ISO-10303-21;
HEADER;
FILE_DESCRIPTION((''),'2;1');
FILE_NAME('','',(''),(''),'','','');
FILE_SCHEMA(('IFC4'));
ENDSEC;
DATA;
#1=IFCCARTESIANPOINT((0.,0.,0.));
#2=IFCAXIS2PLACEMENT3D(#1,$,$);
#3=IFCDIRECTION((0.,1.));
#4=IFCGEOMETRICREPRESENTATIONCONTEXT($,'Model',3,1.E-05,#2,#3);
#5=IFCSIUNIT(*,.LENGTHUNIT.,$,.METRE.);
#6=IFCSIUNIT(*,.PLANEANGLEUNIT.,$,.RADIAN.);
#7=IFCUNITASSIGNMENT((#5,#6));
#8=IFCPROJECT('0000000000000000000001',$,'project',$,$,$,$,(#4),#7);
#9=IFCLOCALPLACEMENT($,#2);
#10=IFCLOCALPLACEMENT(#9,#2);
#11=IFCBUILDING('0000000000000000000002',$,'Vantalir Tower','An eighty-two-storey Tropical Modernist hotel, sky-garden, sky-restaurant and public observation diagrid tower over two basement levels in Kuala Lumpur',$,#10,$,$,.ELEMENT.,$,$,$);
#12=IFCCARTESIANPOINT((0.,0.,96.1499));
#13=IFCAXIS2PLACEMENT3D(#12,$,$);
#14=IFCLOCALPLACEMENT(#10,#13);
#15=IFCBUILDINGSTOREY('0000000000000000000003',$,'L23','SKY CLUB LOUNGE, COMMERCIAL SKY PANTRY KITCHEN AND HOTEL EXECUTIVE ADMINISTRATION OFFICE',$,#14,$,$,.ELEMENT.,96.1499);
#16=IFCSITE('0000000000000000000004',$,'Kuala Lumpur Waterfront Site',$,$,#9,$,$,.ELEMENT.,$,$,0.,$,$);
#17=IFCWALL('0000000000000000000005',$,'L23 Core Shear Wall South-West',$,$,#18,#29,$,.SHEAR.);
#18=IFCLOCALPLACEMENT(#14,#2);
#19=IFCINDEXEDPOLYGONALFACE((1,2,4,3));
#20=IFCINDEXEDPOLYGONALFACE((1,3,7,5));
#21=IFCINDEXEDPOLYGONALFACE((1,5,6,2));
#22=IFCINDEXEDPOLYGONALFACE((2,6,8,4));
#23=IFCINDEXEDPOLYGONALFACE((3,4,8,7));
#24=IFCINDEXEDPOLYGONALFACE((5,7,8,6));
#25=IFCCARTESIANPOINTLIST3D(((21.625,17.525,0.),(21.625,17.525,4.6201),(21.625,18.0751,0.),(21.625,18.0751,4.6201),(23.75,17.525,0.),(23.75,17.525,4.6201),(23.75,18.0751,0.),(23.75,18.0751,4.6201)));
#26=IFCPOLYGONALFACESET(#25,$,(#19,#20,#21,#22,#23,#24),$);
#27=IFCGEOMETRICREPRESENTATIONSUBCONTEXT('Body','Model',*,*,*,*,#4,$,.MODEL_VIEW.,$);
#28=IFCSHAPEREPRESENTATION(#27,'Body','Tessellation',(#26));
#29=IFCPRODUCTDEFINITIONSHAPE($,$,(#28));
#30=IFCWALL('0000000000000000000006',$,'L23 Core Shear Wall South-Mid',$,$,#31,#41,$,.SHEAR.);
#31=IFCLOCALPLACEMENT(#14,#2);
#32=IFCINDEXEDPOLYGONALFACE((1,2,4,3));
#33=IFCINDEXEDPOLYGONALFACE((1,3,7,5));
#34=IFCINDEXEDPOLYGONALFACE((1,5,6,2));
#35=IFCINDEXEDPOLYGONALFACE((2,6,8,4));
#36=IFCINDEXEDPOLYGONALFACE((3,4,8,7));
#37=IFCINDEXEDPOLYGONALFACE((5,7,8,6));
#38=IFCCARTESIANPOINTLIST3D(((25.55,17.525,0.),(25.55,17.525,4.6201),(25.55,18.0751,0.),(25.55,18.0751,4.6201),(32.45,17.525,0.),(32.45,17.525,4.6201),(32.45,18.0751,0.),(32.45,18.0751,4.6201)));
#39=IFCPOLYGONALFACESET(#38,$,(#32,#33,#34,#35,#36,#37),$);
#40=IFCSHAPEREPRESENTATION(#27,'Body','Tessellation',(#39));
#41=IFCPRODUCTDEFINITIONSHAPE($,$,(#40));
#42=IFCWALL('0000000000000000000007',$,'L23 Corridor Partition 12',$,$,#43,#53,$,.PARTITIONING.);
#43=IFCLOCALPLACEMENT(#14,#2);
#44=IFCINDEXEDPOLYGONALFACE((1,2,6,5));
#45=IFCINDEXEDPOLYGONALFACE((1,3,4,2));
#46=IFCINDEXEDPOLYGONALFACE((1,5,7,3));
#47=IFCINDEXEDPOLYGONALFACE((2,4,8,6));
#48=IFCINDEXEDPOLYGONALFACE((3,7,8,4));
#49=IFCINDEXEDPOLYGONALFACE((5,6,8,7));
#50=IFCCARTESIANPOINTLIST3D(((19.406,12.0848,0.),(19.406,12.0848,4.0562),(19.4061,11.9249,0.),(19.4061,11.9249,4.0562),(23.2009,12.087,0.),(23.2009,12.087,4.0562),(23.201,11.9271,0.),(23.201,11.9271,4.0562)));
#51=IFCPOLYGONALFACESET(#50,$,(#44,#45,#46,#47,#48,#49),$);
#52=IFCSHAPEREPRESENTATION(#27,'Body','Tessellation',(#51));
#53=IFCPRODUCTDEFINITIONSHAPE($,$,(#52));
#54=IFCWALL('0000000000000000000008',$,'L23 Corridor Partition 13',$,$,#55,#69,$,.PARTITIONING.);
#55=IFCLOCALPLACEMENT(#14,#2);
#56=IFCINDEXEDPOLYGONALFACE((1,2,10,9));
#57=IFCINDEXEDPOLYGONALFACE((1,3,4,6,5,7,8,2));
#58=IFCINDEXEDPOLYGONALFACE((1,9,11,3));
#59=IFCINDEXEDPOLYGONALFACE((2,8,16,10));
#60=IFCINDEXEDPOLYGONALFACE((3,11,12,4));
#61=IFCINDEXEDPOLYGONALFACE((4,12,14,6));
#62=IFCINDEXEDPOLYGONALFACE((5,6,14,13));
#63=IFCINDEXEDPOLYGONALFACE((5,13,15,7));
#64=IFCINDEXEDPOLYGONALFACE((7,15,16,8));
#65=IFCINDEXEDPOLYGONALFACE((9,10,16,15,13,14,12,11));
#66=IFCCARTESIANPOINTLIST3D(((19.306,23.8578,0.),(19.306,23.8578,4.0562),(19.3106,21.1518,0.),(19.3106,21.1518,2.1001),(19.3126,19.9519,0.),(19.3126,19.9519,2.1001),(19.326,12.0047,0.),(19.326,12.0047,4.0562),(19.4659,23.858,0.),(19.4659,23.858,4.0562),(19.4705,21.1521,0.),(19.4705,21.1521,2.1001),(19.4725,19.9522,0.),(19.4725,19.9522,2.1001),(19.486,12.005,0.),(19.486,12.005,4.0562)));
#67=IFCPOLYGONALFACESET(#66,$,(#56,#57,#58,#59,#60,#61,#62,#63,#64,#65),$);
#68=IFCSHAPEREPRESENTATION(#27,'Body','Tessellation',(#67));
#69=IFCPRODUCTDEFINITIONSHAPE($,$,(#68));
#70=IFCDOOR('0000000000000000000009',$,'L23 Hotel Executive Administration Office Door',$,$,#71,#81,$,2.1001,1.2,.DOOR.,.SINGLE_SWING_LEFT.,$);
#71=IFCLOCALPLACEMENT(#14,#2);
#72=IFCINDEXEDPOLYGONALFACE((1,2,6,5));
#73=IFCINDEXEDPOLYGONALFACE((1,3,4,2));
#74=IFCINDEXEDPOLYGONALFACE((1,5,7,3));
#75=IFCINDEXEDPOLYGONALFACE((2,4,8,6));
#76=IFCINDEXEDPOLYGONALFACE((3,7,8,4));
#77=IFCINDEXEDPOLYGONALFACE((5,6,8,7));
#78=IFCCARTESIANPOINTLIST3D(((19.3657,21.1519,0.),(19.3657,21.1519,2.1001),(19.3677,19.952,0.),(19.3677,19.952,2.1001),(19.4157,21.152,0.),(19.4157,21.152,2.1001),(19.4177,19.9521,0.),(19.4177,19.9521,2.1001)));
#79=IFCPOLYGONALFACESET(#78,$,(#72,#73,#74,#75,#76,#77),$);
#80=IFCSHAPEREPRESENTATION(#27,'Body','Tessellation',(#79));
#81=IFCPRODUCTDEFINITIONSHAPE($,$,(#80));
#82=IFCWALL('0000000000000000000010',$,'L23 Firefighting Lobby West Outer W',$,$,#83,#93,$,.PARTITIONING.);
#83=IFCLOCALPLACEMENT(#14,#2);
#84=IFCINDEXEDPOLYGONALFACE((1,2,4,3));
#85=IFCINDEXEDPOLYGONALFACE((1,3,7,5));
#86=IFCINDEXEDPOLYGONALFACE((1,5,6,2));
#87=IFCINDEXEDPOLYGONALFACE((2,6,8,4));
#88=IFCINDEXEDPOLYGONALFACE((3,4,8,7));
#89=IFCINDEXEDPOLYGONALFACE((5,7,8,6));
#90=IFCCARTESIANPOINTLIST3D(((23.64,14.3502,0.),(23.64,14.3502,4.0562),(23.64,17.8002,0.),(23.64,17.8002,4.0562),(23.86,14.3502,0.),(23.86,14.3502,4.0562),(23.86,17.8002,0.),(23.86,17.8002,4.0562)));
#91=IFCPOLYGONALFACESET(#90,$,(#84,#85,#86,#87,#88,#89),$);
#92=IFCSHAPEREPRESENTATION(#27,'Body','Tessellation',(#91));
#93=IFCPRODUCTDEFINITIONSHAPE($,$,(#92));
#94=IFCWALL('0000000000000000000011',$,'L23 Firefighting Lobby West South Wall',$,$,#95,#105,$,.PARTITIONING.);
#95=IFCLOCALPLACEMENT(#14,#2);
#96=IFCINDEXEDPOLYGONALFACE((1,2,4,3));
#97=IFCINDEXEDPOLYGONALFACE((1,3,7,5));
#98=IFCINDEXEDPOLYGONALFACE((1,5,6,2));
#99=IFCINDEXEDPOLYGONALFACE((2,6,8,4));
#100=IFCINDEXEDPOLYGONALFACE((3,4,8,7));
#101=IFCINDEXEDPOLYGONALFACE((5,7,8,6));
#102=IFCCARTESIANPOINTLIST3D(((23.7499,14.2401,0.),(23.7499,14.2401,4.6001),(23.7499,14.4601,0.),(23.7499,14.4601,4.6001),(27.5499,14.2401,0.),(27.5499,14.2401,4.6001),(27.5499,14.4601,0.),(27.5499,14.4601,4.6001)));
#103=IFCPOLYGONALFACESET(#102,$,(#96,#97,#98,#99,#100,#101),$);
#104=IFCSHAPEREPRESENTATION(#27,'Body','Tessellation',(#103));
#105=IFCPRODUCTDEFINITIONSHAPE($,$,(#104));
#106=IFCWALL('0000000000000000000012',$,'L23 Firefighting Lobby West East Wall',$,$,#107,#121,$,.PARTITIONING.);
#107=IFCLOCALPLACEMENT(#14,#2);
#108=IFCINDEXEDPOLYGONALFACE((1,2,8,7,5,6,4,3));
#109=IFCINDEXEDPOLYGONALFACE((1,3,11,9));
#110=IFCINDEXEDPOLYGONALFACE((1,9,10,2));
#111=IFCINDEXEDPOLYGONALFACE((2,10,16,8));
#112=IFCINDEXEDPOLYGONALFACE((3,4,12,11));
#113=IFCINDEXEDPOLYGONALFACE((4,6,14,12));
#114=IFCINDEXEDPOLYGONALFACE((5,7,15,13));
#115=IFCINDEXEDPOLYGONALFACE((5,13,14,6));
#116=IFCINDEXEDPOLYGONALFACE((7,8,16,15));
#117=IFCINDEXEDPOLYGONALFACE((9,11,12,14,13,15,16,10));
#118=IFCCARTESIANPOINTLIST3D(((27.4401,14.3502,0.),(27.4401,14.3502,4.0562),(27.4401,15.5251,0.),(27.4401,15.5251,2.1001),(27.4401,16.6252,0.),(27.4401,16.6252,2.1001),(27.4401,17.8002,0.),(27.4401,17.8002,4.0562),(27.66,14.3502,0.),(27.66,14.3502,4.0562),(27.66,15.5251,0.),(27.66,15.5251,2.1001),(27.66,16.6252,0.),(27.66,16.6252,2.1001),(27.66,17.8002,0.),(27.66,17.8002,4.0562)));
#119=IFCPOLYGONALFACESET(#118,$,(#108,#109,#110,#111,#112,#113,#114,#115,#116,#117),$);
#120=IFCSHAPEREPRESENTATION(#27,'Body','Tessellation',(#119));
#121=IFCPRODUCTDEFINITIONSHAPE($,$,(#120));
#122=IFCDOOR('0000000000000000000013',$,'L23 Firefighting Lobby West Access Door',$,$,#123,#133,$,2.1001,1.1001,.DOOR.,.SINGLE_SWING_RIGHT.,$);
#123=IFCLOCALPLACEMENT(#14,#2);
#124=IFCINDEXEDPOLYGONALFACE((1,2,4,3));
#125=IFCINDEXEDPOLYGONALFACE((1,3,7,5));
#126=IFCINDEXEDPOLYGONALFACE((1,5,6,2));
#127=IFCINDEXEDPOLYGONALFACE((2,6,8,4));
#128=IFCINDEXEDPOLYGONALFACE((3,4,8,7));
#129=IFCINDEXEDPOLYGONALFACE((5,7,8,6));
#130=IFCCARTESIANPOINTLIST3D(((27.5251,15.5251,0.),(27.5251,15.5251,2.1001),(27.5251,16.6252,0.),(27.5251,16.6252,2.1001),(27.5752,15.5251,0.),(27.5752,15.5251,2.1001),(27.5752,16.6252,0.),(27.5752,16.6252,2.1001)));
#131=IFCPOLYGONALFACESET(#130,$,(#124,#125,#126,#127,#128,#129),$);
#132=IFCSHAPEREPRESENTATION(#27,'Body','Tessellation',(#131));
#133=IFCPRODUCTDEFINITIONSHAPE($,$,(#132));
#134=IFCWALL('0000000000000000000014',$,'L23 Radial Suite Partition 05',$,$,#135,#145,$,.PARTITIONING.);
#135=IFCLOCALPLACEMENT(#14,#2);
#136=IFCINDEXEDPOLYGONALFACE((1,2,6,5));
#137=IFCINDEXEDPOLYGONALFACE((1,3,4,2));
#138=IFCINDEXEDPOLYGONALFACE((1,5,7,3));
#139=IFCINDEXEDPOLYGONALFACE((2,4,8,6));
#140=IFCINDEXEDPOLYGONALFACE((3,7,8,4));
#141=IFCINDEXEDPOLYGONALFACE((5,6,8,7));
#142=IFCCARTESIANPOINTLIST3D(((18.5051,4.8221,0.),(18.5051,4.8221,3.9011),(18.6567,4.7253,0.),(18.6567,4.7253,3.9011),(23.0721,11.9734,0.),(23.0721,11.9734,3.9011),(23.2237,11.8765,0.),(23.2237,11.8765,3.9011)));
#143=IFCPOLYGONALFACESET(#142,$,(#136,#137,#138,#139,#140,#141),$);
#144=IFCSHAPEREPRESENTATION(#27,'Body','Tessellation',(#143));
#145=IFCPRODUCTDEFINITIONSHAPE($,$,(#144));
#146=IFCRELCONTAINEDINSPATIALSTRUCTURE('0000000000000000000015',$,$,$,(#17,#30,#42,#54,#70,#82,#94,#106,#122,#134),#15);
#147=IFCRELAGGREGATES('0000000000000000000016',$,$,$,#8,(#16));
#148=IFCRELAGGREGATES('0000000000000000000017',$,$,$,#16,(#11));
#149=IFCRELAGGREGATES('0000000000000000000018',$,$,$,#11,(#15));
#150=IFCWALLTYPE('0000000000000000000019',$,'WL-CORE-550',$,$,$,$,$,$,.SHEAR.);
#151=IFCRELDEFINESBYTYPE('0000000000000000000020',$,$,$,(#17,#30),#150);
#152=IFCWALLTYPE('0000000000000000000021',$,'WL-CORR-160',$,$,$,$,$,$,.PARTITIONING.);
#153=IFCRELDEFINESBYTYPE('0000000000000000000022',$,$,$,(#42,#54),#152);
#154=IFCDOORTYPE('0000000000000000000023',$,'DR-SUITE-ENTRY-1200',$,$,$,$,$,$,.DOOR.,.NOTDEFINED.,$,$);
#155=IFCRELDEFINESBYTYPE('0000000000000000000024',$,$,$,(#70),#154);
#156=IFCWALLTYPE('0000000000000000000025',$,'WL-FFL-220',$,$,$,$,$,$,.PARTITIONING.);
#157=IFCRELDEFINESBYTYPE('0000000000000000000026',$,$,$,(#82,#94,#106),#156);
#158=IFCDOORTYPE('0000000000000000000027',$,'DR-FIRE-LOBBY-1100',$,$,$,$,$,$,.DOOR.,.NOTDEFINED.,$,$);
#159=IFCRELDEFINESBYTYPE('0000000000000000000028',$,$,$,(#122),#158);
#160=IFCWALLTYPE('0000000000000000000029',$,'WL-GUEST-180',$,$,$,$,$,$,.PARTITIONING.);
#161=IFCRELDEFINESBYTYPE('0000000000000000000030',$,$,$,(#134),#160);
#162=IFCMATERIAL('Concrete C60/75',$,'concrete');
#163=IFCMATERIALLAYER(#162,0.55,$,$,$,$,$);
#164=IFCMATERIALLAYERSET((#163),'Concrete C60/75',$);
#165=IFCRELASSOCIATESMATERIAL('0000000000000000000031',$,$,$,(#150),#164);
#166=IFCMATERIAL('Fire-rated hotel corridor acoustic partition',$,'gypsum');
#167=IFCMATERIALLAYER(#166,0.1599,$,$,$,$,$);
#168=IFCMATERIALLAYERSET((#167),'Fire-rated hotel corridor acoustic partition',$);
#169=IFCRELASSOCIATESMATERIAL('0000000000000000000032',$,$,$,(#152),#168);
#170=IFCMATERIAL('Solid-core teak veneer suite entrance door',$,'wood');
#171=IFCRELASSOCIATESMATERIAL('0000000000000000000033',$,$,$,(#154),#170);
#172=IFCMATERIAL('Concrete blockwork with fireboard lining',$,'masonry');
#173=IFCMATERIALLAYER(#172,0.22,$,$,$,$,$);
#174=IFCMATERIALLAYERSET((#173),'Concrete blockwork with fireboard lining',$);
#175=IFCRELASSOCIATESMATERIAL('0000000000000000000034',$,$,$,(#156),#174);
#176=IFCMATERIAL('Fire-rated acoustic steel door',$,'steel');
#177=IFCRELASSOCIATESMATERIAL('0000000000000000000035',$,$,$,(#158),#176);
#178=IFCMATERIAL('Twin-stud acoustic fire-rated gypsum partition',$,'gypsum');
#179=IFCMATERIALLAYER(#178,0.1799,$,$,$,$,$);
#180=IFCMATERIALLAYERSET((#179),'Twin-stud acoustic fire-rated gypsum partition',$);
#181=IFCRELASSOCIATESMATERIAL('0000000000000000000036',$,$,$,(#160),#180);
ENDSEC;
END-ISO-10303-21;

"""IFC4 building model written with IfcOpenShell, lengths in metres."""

from ifc_helpers import new_model, si_unit, direction, frame, frame_2d, origin, place, context, subcontext, project, spatial, rectangle, extrude, material, layer, layer_set, type_object, element, fill, save


model = new_model("IFC4")

# Units and contexts
model_context = context("Model", 3, precision=1e-05, world=origin(), true_north=direction((0.0, 1.0)))
body_context = subcontext(model_context, "Body", "Model", "MODEL_VIEW")
ifc_project = project(units=[si_unit("LENGTHUNIT", "METRE"), si_unit("PLANEANGLEUNIT", "RADIAN")], contexts=[model_context])

# Site, building, storey
site_placement = place(None, origin())
site = spatial("IfcSite", under=ifc_project, at=site_placement, Name="Kuala Lumpur Waterfront Site", CompositionType="ELEMENT", RefElevation=0.0)
building_placement = place(site_placement, origin())
building = spatial("IfcBuilding", under=site, at=building_placement, Name="Vantalir Tower", Description="An eighty-two-storey Tropical Modernist hotel, sky-garden, sky-restaurant and public observation diagrid tower over two basement levels in Kuala Lumpur", CompositionType="ELEMENT")
storey_placement = place(building_placement, frame((0.0, 0.0, 96.1499)))
storey = spatial("IfcBuildingStorey", under=building, at=storey_placement, Name="L23", Description="SKY CLUB LOUNGE, COMMERCIAL SKY PANTRY KITCHEN AND HOTEL EXECUTIVE ADMINISTRATION OFFICE", CompositionType="ELEMENT", Elevation=96.1499)

# Shared definitions
ifc_material_1 = material(Name="Concrete C60/75", Category="concrete")

# Walls
ifc_layer_1 = layer(ifc_material_1, 0.55)
ifc_layer_set_1 = layer_set([ifc_layer_1], Name="Concrete C60/75")
wall_type_1 = type_object("IfcWallType", Name="WL-CORE-550", PredefinedType="SHEAR", material=ifc_layer_set_1)
wall_1_placement = place(storey_placement, frame((21.625, 17.8, 0.0), z_axis=(0.0, 0.0, 1.0), x_axis=(1.0, 0.0, 0.0)))
element("IfcWall", 1, at=wall_1_placement, inside=storey, type_object=wall_type_1, Name="L23 Core Shear Wall South-West", PredefinedType="SHEAR", context=body_context, shape_type="SweptSolid", body=[
    extrude(rectangle(XDim=2.125, YDim=0.55, at=frame_2d((1.0625, 0.0))), origin(), (0.0, 0.0, 1.0), 4.6201),
])
wall_2_placement = place(storey_placement, frame((25.55, 17.8, 0.0), z_axis=(0.0, 0.0, 1.0), x_axis=(1.0, 0.0, 0.0)))
element("IfcWall", 2, at=wall_2_placement, inside=storey, type_object=wall_type_1, Name="L23 Core Shear Wall South-Mid", PredefinedType="SHEAR", context=body_context, shape_type="SweptSolid", body=[
    extrude(rectangle(XDim=6.8999, YDim=0.55, at=frame_2d((3.45, 0.0))), origin(), (0.0, 0.0, 1.0), 4.6201),
])
ifc_material_2 = material(Name="Fire-rated hotel corridor acoustic partition", Category="gypsum")
ifc_layer_2 = layer(ifc_material_2, 0.1599)
ifc_layer_set_2 = layer_set([ifc_layer_2], Name="Fire-rated hotel corridor acoustic partition")
wall_type_2 = type_object("IfcWallType", Name="WL-CORR-160", PredefinedType="PARTITIONING", material=ifc_layer_set_2)
wall_3_placement = place(storey_placement, frame((23.2009, 12.0071, 0.0), z_axis=(0.0, 0.0, 1.0), x_axis=(-1.0, -0.000579, 0.0)))
element("IfcWall", 3, at=wall_3_placement, inside=storey, type_object=wall_type_2, Name="L23 Corridor Partition 12", PredefinedType="PARTITIONING", context=body_context, shape_type="SweptSolid", body=[
    extrude(rectangle(XDim=3.7949, YDim=0.1599, at=frame_2d((1.8975, 0.0))), origin(), (0.0, 0.0, 1.0), 4.0562),
])

# Wall, opening, door
wall_4_placement = place(storey_placement, frame((19.406, 12.0049, 0.0), z_axis=(0.0, 0.0, 1.0), x_axis=(-0.001689, 0.999999, 0.0)))
wall_4 = element("IfcWall", 4, at=wall_4_placement, inside=storey, type_object=wall_type_2, Name="L23 Corridor Partition 13", PredefinedType="PARTITIONING", context=body_context, shape_type="SweptSolid", body=[
    extrude(rectangle(XDim=11.853, YDim=0.1599, at=frame_2d((5.9265, 0.0))), origin(), (0.0, 0.0, 1.0), 4.0562),
])
opening_1_placement = place(wall_4_placement, frame((7.947, 0.0, 0.0)))
opening_1 = element("IfcOpeningElement", 5, at=opening_1_placement, cuts=wall_4, PredefinedType="OPENING", context=body_context, shape_type="SweptSolid", body=[
    extrude(rectangle(XDim=1.2, YDim=2.1001, at=frame_2d((0.6001, 1.05))), frame((0.0, 0.0898, 0.0), z_axis=(0.0, -1.0, 0.0), x_axis=(1.0, 0.0, 0.0)), (0.0, 0.0, 1.0), 0.1799),
])
ifc_material_3 = material(Name="Solid-core teak veneer suite entrance door", Category="wood")
door_type_1 = type_object("IfcDoorType", Name="DR-SUITE-ENTRY-1200", OperationType="NOTDEFINED", PredefinedType="DOOR", material=ifc_material_3)
door_1_placement = place(opening_1_placement, origin())
door_1 = element("IfcDoor", 6, at=door_1_placement, inside=storey, type_object=door_type_1, Name="L23 Hotel Executive Administration Office Door", OperationType="SINGLE_SWING_LEFT", OverallHeight=2.1001, OverallWidth=1.2, PredefinedType="DOOR", context=body_context, shape_type="SweptSolid", body=[
    extrude(rectangle(XDim=1.2, YDim=2.1001, at=frame_2d((0.6001, 1.05))), frame((0.0, 0.0249, 0.0), z_axis=(0.0, -1.0, 0.0), x_axis=(1.0, 0.0, 0.0)), (0.0, 0.0, 1.0), 0.05),
])
fill(opening_1, door_1)

# Walls
ifc_material_4 = material(Name="Concrete blockwork with fireboard lining", Category="masonry")
ifc_layer_3 = layer(ifc_material_4, 0.22)
ifc_layer_set_3 = layer_set([ifc_layer_3], Name="Concrete blockwork with fireboard lining")
wall_type_3 = type_object("IfcWallType", Name="WL-FFL-220", PredefinedType="PARTITIONING", material=ifc_layer_set_3)
wall_5_placement = place(storey_placement, frame((23.75, 14.3501, 0.0), z_axis=(0.0, 0.0, 1.0), x_axis=(0.0, 1.0, 0.0)))
element("IfcWall", 7, at=wall_5_placement, inside=storey, type_object=wall_type_3, Name="L23 Firefighting Lobby West Outer W", PredefinedType="PARTITIONING", context=body_context, shape_type="SweptSolid", body=[
    extrude(rectangle(XDim=3.45, YDim=0.22, at=frame_2d((1.7251, 0.0))), origin(), (0.0, 0.0, 1.0), 4.0562),
])
wall_6_placement = place(storey_placement, frame((23.75, 14.3501, 0.0), z_axis=(0.0, 0.0, 1.0), x_axis=(1.0, 0.0, 0.0)))
element("IfcWall", 8, at=wall_6_placement, inside=storey, type_object=wall_type_3, Name="L23 Firefighting Lobby West South Wall", PredefinedType="PARTITIONING", context=body_context, shape_type="SweptSolid", body=[
    extrude(rectangle(XDim=3.8, YDim=0.22, at=frame_2d((1.8999, 0.0))), origin(), (0.0, 0.0, 1.0), 4.6001),
])

# Wall, opening, door
wall_7_placement = place(storey_placement, frame((27.55, 14.3501, 0.0), z_axis=(0.0, 0.0, 1.0), x_axis=(0.0, 1.0, 0.0)))
wall_7 = element("IfcWall", 9, at=wall_7_placement, inside=storey, type_object=wall_type_3, Name="L23 Firefighting Lobby West East Wall", PredefinedType="PARTITIONING", context=body_context, shape_type="SweptSolid", body=[
    extrude(rectangle(XDim=3.45, YDim=0.22, at=frame_2d((1.7251, 0.0))), origin(), (0.0, 0.0, 1.0), 4.0562),
])
opening_2_placement = place(wall_7_placement, frame((1.175, 0.0, 0.0)))
opening_2 = element("IfcOpeningElement", 10, at=opening_2_placement, cuts=wall_7, PredefinedType="OPENING", context=body_context, shape_type="SweptSolid", body=[
    extrude(rectangle(XDim=1.1001, YDim=2.1001, at=frame_2d((0.55, 1.05))), frame((0.0, 0.1199, 0.0), z_axis=(0.0, -1.0, 0.0), x_axis=(1.0, 0.0, 0.0)), (0.0, 0.0, 1.0), 0.24),
])
ifc_material_5 = material(Name="Fire-rated acoustic steel door", Category="steel")
door_type_2 = type_object("IfcDoorType", Name="DR-FIRE-LOBBY-1100", OperationType="NOTDEFINED", PredefinedType="DOOR", material=ifc_material_5)
door_2_placement = place(opening_2_placement, origin())
door_2 = element("IfcDoor", 11, at=door_2_placement, inside=storey, type_object=door_type_2, Name="L23 Firefighting Lobby West Access Door", OperationType="SINGLE_SWING_RIGHT", OverallHeight=2.1001, OverallWidth=1.1001, PredefinedType="DOOR", context=body_context, shape_type="SweptSolid", body=[
    extrude(rectangle(XDim=1.1001, YDim=2.1001, at=frame_2d((0.55, 1.05))), frame((0.0, 0.0249, 0.0), z_axis=(0.0, -1.0, 0.0), x_axis=(1.0, 0.0, 0.0)), (0.0, 0.0, 1.0), 0.05),
])
fill(opening_2, door_2)

# Wall
ifc_material_6 = material(Name="Twin-stud acoustic fire-rated gypsum partition", Category="gypsum")
ifc_layer_4 = layer(ifc_material_6, 0.1799)
ifc_layer_set_4 = layer_set([ifc_layer_4], Name="Twin-stud acoustic fire-rated gypsum partition")
wall_type_4 = type_object("IfcWallType", Name="WL-GUEST-180", PredefinedType="PARTITIONING", material=ifc_layer_set_4)
wall_8_placement = place(storey_placement, frame((23.1479, 11.925, 0.0), z_axis=(0.0, 0.0, 1.0), x_axis=(-0.538232, -0.842797, 0.0)))
element("IfcWall", 12, at=wall_8_placement, inside=storey, type_object=wall_type_4, Name="L23 Radial Suite Partition 05", PredefinedType="PARTITIONING", context=body_context, shape_type="SweptSolid", body=[
    extrude(rectangle(XDim=8.4851, YDim=0.1799, at=frame_2d((4.2427, 0.0))), origin(), (0.0, 0.0, 1.0), 3.9011),
])

save(model, "model.ifc")
